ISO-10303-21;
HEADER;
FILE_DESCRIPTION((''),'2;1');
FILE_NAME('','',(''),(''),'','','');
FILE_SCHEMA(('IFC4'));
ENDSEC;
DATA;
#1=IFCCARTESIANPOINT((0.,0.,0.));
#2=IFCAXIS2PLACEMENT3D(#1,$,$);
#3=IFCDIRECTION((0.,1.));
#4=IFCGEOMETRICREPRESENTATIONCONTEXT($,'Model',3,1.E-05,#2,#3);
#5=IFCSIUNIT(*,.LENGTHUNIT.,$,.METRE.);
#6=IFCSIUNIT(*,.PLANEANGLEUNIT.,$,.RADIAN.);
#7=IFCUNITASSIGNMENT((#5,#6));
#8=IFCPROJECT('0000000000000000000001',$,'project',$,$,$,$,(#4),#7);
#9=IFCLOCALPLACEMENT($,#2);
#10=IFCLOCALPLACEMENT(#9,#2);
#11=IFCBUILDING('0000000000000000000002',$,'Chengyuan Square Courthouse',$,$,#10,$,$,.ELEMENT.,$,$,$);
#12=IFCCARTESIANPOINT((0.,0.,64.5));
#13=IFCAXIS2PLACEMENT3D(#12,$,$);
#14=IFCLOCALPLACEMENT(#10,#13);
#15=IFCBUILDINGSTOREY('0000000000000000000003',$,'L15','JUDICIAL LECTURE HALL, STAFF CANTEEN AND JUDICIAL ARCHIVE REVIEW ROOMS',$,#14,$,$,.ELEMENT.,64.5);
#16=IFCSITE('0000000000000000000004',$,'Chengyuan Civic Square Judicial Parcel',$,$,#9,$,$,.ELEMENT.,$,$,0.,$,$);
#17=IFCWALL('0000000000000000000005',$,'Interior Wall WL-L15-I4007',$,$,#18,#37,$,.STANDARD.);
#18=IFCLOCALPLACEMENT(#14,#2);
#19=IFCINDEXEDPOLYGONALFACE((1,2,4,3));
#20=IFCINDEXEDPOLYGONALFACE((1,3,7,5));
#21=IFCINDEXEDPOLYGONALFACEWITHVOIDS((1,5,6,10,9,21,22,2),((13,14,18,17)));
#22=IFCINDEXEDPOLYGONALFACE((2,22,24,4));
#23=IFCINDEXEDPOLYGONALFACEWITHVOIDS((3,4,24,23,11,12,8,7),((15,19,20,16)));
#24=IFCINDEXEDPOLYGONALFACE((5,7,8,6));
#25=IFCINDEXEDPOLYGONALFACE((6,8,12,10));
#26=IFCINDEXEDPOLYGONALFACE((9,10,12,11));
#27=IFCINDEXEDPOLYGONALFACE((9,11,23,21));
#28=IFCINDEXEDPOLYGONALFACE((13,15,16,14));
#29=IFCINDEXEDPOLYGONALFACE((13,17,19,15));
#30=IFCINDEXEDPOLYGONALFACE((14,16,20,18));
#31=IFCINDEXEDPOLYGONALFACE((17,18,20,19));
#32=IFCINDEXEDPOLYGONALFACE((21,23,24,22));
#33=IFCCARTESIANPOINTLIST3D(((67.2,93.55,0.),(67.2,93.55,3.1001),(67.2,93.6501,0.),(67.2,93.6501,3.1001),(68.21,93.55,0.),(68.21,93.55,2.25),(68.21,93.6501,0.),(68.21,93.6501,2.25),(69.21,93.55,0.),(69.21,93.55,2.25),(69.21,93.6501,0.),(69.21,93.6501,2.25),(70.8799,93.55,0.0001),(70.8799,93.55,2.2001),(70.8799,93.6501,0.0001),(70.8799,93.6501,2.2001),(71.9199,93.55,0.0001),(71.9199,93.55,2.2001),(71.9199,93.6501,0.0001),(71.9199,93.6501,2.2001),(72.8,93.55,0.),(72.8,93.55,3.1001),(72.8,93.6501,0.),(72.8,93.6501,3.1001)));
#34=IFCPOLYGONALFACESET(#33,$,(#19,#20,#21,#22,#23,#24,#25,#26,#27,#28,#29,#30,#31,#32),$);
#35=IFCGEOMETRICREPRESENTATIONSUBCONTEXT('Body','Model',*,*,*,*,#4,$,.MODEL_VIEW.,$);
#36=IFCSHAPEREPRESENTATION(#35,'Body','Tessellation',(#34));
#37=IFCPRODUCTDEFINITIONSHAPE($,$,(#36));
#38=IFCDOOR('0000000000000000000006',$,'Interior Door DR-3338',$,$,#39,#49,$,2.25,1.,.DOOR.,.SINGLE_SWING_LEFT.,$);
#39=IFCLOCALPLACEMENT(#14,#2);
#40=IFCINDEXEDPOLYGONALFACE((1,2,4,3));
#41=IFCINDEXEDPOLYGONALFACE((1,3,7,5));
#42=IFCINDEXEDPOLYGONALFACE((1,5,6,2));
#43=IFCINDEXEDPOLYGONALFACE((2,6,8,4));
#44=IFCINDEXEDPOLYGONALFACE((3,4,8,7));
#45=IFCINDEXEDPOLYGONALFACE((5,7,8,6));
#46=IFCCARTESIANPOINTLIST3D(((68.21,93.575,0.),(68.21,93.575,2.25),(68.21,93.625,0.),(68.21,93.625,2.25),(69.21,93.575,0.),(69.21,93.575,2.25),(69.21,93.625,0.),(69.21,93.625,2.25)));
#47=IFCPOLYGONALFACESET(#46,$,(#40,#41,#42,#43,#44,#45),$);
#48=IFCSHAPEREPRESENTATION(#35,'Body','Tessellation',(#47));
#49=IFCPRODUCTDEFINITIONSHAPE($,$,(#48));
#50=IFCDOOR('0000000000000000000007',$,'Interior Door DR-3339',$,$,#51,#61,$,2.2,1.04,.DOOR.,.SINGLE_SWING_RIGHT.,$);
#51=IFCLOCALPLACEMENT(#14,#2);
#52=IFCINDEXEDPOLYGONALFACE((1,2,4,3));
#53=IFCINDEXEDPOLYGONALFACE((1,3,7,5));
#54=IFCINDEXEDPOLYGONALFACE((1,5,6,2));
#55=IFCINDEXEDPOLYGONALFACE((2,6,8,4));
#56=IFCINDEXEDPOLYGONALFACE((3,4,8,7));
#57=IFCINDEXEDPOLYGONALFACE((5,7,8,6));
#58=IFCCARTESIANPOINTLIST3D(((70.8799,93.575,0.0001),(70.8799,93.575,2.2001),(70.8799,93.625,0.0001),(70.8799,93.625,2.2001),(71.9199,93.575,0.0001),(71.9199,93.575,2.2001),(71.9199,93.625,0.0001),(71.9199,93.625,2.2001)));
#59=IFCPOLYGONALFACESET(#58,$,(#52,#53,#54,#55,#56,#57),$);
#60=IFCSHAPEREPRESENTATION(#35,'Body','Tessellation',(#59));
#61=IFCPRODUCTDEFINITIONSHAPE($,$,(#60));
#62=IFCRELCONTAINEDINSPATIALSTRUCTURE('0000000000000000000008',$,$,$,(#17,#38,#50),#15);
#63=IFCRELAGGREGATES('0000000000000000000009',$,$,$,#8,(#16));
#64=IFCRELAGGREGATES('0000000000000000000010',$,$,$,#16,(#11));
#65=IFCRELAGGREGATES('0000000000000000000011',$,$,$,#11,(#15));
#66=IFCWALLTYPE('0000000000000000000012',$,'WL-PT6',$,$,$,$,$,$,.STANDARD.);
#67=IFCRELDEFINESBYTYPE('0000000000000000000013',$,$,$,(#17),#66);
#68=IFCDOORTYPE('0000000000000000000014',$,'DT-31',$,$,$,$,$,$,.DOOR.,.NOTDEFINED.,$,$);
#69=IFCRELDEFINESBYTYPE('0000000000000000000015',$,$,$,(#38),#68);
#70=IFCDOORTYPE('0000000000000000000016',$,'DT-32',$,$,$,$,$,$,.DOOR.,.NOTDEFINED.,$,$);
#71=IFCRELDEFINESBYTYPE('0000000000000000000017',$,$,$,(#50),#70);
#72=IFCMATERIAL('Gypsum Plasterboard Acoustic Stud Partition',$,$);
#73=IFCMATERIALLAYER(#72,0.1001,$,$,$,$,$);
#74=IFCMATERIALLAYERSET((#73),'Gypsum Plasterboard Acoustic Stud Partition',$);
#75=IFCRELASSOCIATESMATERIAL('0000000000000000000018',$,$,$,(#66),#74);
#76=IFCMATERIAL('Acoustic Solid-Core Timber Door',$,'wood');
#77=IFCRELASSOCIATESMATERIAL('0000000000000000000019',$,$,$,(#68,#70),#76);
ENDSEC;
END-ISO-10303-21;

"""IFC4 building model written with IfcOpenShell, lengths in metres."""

from ifc_helpers import new_model, si_unit, direction, frame, frame_2d, origin, place, context, subcontext, project, spatial, rectangle, extrude, material, layer, layer_set, type_object, element, fill, save


model = new_model("IFC4")

# Units and contexts
model_context = context("Model", 3, precision=1e-05, world=origin(), true_north=direction((0.0, 1.0)))
body_context = subcontext(model_context, "Body", "Model", "MODEL_VIEW")
ifc_project = project(units=[si_unit("LENGTHUNIT", "METRE"), si_unit("PLANEANGLEUNIT", "RADIAN")], contexts=[model_context])

# Site, building, storey
site_placement = place(None, origin())
site = spatial("IfcSite", under=ifc_project, at=site_placement, Name="Chengyuan Civic Square Judicial Parcel", CompositionType="ELEMENT", RefElevation=0.0)
building_placement = place(site_placement, origin())
building = spatial("IfcBuilding", under=site, at=building_placement, Name="Chengyuan Square Courthouse", CompositionType="ELEMENT")
storey_placement = place(building_placement, frame((0.0, 0.0, 64.5)))
storey = spatial("IfcBuildingStorey", under=building, at=storey_placement, Name="L15", Description="JUDICIAL LECTURE HALL, STAFF CANTEEN AND JUDICIAL ARCHIVE REVIEW ROOMS", CompositionType="ELEMENT", Elevation=64.5)

# Wall, openings, doors
ifc_material_1 = material(Name="Gypsum Plasterboard Acoustic Stud Partition")
ifc_layer_1 = layer(ifc_material_1, 0.1001)
ifc_layer_set_1 = layer_set([ifc_layer_1], Name="Gypsum Plasterboard Acoustic Stud Partition")
wall_type_1 = type_object("IfcWallType", Name="WL-PT6", PredefinedType="STANDARD", material=ifc_layer_set_1)
wall_1_placement = place(storey_placement, frame((67.2, 93.6001, 0.0), z_axis=(0.0, 0.0, 1.0), x_axis=(1.0, 0.0, 0.0)))
wall_1 = element("IfcWall", 1, at=wall_1_placement, inside=storey, type_object=wall_type_1, Name="Interior Wall WL-L15-I4007", PredefinedType="STANDARD", context=body_context, shape_type="SweptSolid", body=[
    extrude(rectangle(XDim=5.6001, YDim=0.1001, at=frame_2d((2.8, 0.0))), origin(), (0.0, 0.0, 1.0), 3.1001),
])
opening_1_placement = place(wall_1_placement, frame((1.01, 0.0, 0.0)))
opening_1 = element("IfcOpeningElement", 2, at=opening_1_placement, cuts=wall_1, PredefinedType="OPENING", context=body_context, shape_type="SweptSolid", body=[
    extrude(rectangle(XDim=1.0, YDim=2.25, at=frame_2d((0.5, 1.125))), frame((0.0, 0.062, 0.0), z_axis=(0.0, -1.0, 0.0), x_axis=(1.0, 0.0, 0.0)), (0.0, 0.0, 1.0), 0.124),
])
opening_2_placement = place(wall_1_placement, frame((3.6799, 0.0, 0.0)))
opening_2 = element("IfcOpeningElement", 3, at=opening_2_placement, cuts=wall_1, PredefinedType="OPENING", context=body_context, shape_type="SweptSolid", body=[
    extrude(rectangle(XDim=1.04, YDim=2.2, at=frame_2d((0.52, 1.1001))), frame((0.0, 0.062, 0.0), z_axis=(0.0, -1.0, 0.0), x_axis=(1.0, 0.0, 0.0)), (0.0, 0.0, 1.0), 0.124),
])
ifc_material_2 = material(Name="Acoustic Solid-Core Timber Door", Category="wood")
door_type_1 = type_object("IfcDoorType", Name="DT-31", OperationType="NOTDEFINED", PredefinedType="DOOR", material=ifc_material_2)
door_1_placement = place(opening_1_placement, origin())
door_1 = element("IfcDoor", 4, at=door_1_placement, inside=storey, type_object=door_type_1, Name="Interior Door DR-3338", OperationType="SINGLE_SWING_LEFT", OverallHeight=2.25, OverallWidth=1.0, PredefinedType="DOOR", context=body_context, shape_type="SweptSolid", body=[
    extrude(rectangle(XDim=1.0, YDim=2.25, at=frame_2d((0.5, 1.125))), frame((0.0, 0.0249, 0.0), z_axis=(0.0, -1.0, 0.0), x_axis=(1.0, 0.0, 0.0)), (0.0, 0.0, 1.0), 0.05),
])
fill(opening_1, door_1)
door_type_2 = type_object("IfcDoorType", Name="DT-32", OperationType="NOTDEFINED", PredefinedType="DOOR", material=ifc_material_2)
door_2_placement = place(opening_2_placement, origin())
door_2 = element("IfcDoor", 5, at=door_2_placement, inside=storey, type_object=door_type_2, Name="Interior Door DR-3339", OperationType="SINGLE_SWING_RIGHT", OverallHeight=2.2, OverallWidth=1.04, PredefinedType="DOOR", context=body_context, shape_type="SweptSolid", body=[
    extrude(rectangle(XDim=1.04, YDim=2.2, at=frame_2d((0.52, 1.1001))), frame((0.0, 0.0249, 0.0), z_axis=(0.0, -1.0, 0.0), x_axis=(1.0, 0.0, 0.0)), (0.0, 0.0, 1.0), 0.05),
])
fill(opening_2, door_2)

save(model, "model.ifc")
